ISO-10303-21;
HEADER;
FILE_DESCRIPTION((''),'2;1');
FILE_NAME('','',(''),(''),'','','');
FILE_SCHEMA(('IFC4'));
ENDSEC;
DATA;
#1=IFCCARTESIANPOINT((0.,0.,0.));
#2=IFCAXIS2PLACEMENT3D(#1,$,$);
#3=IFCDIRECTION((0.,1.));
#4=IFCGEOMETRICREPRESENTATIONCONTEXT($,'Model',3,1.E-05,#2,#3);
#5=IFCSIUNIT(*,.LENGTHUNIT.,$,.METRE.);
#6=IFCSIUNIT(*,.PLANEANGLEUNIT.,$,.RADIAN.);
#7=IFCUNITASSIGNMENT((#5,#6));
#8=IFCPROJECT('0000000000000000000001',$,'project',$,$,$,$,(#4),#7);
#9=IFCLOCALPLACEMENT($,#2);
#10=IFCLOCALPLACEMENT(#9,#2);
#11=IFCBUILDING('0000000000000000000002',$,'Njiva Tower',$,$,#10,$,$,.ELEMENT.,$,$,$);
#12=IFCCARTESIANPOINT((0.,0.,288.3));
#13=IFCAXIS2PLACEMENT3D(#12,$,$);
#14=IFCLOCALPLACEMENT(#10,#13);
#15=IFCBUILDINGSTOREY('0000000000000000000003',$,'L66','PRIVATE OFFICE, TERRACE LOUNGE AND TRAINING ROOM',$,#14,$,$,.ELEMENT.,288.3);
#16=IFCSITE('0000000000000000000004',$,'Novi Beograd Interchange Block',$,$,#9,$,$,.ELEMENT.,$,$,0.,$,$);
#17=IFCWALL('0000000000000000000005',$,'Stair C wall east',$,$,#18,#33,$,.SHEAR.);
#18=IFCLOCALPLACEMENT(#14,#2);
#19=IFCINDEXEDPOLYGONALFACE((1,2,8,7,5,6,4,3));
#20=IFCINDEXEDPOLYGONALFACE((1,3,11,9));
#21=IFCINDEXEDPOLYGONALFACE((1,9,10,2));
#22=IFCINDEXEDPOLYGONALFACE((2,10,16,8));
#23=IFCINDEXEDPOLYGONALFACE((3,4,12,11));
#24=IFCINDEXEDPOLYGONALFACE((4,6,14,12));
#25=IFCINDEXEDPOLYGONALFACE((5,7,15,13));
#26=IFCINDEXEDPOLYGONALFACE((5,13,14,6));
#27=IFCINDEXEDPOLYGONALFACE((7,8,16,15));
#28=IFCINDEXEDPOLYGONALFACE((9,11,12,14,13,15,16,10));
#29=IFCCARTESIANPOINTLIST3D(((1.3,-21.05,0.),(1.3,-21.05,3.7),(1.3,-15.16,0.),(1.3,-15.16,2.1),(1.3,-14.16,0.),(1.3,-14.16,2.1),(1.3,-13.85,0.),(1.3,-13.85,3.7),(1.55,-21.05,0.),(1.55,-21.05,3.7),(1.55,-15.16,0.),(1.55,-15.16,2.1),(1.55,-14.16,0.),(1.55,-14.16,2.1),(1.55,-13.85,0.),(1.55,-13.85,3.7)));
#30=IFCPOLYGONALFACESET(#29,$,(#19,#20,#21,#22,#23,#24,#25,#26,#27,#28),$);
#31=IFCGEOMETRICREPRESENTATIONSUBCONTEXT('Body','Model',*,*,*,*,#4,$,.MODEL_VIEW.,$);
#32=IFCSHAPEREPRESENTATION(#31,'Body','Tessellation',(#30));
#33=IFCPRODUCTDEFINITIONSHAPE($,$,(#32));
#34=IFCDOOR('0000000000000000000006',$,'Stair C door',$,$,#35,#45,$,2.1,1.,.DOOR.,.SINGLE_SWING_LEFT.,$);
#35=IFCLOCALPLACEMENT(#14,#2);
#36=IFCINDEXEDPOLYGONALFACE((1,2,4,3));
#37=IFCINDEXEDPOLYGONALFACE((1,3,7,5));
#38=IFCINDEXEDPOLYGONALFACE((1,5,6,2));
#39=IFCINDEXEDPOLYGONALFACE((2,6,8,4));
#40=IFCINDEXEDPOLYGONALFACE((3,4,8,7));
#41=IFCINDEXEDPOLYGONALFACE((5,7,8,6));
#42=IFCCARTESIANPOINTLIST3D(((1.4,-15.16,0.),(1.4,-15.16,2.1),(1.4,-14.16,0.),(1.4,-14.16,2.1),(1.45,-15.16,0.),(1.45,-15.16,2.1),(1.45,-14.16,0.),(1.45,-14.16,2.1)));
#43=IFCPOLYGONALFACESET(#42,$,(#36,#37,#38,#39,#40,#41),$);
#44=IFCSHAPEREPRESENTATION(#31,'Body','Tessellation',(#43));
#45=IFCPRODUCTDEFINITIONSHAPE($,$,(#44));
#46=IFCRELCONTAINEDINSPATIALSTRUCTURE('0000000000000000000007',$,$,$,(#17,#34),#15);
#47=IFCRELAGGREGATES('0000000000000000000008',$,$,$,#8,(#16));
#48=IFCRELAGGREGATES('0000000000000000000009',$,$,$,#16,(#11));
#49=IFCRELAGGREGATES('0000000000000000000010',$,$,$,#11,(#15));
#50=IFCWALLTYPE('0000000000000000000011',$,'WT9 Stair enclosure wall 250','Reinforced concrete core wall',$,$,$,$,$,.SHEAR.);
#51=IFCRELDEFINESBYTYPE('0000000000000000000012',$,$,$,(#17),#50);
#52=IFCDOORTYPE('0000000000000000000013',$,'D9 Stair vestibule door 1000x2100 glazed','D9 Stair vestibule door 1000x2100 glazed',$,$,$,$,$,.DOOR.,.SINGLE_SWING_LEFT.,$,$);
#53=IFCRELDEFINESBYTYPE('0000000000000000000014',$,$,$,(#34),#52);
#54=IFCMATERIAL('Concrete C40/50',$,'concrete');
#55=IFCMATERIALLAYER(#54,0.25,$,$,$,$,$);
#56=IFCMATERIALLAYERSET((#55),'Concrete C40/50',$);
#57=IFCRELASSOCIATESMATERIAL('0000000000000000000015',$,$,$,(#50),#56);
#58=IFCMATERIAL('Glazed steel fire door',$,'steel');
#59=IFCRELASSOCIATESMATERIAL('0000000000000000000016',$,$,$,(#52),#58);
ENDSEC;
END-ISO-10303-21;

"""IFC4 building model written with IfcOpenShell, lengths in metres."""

from ifc_helpers import new_model, si_unit, direction, frame, frame_2d, origin, place, context, subcontext, project, spatial, rectangle, extrude, material, layer, layer_set, type_object, element, fill, save


model = new_model("IFC4")

# Units and contexts
model_context = context("Model", 3, precision=1e-05, world=origin(), true_north=direction((0.0, 1.0)))
body_context = subcontext(model_context, "Body", "Model", "MODEL_VIEW")
ifc_project = project(units=[si_unit("LENGTHUNIT", "METRE"), si_unit("PLANEANGLEUNIT", "RADIAN")], contexts=[model_context])

# Site, building, storey
site_placement = place(None, origin())
site = spatial("IfcSite", under=ifc_project, at=site_placement, Name="Novi Beograd Interchange Block", CompositionType="ELEMENT", RefElevation=0.0)
building_placement = place(site_placement, origin())
building = spatial("IfcBuilding", under=site, at=building_placement, Name="Njiva Tower", CompositionType="ELEMENT")
storey_placement = place(building_placement, frame((0.0, 0.0, 288.3)))
storey = spatial("IfcBuildingStorey", under=building, at=storey_placement, Name="L66", Description="PRIVATE OFFICE, TERRACE LOUNGE AND TRAINING ROOM", CompositionType="ELEMENT", Elevation=288.3)

# Wall, opening, door
ifc_material_1 = material(Name="Concrete C40/50", Category="concrete")
ifc_layer_1 = layer(ifc_material_1, 0.25)
ifc_layer_set_1 = layer_set([ifc_layer_1], Name="Concrete C40/50")
wall_type_1 = type_object("IfcWallType", Name="WT9 Stair enclosure wall 250", Description="Reinforced concrete core wall", PredefinedType="SHEAR", material=ifc_layer_set_1)
wall_1_placement = place(storey_placement, frame((1.425, -21.05, 0.0), z_axis=(0.0, 0.0, 1.0), x_axis=(0.0, 1.0, 0.0)))
wall_1 = element("IfcWall", 1, at=wall_1_placement, inside=storey, type_object=wall_type_1, Name="Stair C wall east", PredefinedType="SHEAR", context=body_context, shape_type="SweptSolid", body=[
    extrude(rectangle(XDim=7.2, YDim=0.25, at=frame_2d((3.6, 0.0))), origin(), (0.0, 0.0, 1.0), 3.7),
])
opening_1_placement = place(wall_1_placement, frame((5.89, 0.0, 0.0)))
opening_1 = element("IfcOpeningElement", 2, at=opening_1_placement, cuts=wall_1, PredefinedType="OPENING", context=body_context, shape_type="SweptSolid", body=[
    extrude(rectangle(XDim=1.0, YDim=2.1, at=frame_2d((0.5, 1.05))), frame((0.0, 0.135, 0.0), z_axis=(0.0, -1.0, 0.0), x_axis=(1.0, 0.0, 0.0)), (0.0, 0.0, 1.0), 0.27),
])
ifc_material_2 = material(Name="Glazed steel fire door", Category="steel")
door_type = type_object("IfcDoorType", Name="D9 Stair vestibule door 1000x2100 glazed", Description="D9 Stair vestibule door 1000x2100 glazed", OperationType="SINGLE_SWING_LEFT", PredefinedType="DOOR", material=ifc_material_2)
door_placement = place(opening_1_placement, origin())
door = element("IfcDoor", 3, at=door_placement, inside=storey, type_object=door_type, Name="Stair C door", OperationType="SINGLE_SWING_LEFT", OverallHeight=2.1, OverallWidth=1.0, PredefinedType="DOOR", context=body_context, shape_type="SweptSolid", body=[
    extrude(rectangle(XDim=1.0, YDim=2.1, at=frame_2d((0.5, 1.05))), frame((0.0, 0.025, 0.0), z_axis=(0.0, -1.0, 0.0), x_axis=(1.0, 0.0, 0.0)), (0.0, 0.0, 1.0), 0.05),
])
fill(opening_1, door)

save(model, "model.ifc")
